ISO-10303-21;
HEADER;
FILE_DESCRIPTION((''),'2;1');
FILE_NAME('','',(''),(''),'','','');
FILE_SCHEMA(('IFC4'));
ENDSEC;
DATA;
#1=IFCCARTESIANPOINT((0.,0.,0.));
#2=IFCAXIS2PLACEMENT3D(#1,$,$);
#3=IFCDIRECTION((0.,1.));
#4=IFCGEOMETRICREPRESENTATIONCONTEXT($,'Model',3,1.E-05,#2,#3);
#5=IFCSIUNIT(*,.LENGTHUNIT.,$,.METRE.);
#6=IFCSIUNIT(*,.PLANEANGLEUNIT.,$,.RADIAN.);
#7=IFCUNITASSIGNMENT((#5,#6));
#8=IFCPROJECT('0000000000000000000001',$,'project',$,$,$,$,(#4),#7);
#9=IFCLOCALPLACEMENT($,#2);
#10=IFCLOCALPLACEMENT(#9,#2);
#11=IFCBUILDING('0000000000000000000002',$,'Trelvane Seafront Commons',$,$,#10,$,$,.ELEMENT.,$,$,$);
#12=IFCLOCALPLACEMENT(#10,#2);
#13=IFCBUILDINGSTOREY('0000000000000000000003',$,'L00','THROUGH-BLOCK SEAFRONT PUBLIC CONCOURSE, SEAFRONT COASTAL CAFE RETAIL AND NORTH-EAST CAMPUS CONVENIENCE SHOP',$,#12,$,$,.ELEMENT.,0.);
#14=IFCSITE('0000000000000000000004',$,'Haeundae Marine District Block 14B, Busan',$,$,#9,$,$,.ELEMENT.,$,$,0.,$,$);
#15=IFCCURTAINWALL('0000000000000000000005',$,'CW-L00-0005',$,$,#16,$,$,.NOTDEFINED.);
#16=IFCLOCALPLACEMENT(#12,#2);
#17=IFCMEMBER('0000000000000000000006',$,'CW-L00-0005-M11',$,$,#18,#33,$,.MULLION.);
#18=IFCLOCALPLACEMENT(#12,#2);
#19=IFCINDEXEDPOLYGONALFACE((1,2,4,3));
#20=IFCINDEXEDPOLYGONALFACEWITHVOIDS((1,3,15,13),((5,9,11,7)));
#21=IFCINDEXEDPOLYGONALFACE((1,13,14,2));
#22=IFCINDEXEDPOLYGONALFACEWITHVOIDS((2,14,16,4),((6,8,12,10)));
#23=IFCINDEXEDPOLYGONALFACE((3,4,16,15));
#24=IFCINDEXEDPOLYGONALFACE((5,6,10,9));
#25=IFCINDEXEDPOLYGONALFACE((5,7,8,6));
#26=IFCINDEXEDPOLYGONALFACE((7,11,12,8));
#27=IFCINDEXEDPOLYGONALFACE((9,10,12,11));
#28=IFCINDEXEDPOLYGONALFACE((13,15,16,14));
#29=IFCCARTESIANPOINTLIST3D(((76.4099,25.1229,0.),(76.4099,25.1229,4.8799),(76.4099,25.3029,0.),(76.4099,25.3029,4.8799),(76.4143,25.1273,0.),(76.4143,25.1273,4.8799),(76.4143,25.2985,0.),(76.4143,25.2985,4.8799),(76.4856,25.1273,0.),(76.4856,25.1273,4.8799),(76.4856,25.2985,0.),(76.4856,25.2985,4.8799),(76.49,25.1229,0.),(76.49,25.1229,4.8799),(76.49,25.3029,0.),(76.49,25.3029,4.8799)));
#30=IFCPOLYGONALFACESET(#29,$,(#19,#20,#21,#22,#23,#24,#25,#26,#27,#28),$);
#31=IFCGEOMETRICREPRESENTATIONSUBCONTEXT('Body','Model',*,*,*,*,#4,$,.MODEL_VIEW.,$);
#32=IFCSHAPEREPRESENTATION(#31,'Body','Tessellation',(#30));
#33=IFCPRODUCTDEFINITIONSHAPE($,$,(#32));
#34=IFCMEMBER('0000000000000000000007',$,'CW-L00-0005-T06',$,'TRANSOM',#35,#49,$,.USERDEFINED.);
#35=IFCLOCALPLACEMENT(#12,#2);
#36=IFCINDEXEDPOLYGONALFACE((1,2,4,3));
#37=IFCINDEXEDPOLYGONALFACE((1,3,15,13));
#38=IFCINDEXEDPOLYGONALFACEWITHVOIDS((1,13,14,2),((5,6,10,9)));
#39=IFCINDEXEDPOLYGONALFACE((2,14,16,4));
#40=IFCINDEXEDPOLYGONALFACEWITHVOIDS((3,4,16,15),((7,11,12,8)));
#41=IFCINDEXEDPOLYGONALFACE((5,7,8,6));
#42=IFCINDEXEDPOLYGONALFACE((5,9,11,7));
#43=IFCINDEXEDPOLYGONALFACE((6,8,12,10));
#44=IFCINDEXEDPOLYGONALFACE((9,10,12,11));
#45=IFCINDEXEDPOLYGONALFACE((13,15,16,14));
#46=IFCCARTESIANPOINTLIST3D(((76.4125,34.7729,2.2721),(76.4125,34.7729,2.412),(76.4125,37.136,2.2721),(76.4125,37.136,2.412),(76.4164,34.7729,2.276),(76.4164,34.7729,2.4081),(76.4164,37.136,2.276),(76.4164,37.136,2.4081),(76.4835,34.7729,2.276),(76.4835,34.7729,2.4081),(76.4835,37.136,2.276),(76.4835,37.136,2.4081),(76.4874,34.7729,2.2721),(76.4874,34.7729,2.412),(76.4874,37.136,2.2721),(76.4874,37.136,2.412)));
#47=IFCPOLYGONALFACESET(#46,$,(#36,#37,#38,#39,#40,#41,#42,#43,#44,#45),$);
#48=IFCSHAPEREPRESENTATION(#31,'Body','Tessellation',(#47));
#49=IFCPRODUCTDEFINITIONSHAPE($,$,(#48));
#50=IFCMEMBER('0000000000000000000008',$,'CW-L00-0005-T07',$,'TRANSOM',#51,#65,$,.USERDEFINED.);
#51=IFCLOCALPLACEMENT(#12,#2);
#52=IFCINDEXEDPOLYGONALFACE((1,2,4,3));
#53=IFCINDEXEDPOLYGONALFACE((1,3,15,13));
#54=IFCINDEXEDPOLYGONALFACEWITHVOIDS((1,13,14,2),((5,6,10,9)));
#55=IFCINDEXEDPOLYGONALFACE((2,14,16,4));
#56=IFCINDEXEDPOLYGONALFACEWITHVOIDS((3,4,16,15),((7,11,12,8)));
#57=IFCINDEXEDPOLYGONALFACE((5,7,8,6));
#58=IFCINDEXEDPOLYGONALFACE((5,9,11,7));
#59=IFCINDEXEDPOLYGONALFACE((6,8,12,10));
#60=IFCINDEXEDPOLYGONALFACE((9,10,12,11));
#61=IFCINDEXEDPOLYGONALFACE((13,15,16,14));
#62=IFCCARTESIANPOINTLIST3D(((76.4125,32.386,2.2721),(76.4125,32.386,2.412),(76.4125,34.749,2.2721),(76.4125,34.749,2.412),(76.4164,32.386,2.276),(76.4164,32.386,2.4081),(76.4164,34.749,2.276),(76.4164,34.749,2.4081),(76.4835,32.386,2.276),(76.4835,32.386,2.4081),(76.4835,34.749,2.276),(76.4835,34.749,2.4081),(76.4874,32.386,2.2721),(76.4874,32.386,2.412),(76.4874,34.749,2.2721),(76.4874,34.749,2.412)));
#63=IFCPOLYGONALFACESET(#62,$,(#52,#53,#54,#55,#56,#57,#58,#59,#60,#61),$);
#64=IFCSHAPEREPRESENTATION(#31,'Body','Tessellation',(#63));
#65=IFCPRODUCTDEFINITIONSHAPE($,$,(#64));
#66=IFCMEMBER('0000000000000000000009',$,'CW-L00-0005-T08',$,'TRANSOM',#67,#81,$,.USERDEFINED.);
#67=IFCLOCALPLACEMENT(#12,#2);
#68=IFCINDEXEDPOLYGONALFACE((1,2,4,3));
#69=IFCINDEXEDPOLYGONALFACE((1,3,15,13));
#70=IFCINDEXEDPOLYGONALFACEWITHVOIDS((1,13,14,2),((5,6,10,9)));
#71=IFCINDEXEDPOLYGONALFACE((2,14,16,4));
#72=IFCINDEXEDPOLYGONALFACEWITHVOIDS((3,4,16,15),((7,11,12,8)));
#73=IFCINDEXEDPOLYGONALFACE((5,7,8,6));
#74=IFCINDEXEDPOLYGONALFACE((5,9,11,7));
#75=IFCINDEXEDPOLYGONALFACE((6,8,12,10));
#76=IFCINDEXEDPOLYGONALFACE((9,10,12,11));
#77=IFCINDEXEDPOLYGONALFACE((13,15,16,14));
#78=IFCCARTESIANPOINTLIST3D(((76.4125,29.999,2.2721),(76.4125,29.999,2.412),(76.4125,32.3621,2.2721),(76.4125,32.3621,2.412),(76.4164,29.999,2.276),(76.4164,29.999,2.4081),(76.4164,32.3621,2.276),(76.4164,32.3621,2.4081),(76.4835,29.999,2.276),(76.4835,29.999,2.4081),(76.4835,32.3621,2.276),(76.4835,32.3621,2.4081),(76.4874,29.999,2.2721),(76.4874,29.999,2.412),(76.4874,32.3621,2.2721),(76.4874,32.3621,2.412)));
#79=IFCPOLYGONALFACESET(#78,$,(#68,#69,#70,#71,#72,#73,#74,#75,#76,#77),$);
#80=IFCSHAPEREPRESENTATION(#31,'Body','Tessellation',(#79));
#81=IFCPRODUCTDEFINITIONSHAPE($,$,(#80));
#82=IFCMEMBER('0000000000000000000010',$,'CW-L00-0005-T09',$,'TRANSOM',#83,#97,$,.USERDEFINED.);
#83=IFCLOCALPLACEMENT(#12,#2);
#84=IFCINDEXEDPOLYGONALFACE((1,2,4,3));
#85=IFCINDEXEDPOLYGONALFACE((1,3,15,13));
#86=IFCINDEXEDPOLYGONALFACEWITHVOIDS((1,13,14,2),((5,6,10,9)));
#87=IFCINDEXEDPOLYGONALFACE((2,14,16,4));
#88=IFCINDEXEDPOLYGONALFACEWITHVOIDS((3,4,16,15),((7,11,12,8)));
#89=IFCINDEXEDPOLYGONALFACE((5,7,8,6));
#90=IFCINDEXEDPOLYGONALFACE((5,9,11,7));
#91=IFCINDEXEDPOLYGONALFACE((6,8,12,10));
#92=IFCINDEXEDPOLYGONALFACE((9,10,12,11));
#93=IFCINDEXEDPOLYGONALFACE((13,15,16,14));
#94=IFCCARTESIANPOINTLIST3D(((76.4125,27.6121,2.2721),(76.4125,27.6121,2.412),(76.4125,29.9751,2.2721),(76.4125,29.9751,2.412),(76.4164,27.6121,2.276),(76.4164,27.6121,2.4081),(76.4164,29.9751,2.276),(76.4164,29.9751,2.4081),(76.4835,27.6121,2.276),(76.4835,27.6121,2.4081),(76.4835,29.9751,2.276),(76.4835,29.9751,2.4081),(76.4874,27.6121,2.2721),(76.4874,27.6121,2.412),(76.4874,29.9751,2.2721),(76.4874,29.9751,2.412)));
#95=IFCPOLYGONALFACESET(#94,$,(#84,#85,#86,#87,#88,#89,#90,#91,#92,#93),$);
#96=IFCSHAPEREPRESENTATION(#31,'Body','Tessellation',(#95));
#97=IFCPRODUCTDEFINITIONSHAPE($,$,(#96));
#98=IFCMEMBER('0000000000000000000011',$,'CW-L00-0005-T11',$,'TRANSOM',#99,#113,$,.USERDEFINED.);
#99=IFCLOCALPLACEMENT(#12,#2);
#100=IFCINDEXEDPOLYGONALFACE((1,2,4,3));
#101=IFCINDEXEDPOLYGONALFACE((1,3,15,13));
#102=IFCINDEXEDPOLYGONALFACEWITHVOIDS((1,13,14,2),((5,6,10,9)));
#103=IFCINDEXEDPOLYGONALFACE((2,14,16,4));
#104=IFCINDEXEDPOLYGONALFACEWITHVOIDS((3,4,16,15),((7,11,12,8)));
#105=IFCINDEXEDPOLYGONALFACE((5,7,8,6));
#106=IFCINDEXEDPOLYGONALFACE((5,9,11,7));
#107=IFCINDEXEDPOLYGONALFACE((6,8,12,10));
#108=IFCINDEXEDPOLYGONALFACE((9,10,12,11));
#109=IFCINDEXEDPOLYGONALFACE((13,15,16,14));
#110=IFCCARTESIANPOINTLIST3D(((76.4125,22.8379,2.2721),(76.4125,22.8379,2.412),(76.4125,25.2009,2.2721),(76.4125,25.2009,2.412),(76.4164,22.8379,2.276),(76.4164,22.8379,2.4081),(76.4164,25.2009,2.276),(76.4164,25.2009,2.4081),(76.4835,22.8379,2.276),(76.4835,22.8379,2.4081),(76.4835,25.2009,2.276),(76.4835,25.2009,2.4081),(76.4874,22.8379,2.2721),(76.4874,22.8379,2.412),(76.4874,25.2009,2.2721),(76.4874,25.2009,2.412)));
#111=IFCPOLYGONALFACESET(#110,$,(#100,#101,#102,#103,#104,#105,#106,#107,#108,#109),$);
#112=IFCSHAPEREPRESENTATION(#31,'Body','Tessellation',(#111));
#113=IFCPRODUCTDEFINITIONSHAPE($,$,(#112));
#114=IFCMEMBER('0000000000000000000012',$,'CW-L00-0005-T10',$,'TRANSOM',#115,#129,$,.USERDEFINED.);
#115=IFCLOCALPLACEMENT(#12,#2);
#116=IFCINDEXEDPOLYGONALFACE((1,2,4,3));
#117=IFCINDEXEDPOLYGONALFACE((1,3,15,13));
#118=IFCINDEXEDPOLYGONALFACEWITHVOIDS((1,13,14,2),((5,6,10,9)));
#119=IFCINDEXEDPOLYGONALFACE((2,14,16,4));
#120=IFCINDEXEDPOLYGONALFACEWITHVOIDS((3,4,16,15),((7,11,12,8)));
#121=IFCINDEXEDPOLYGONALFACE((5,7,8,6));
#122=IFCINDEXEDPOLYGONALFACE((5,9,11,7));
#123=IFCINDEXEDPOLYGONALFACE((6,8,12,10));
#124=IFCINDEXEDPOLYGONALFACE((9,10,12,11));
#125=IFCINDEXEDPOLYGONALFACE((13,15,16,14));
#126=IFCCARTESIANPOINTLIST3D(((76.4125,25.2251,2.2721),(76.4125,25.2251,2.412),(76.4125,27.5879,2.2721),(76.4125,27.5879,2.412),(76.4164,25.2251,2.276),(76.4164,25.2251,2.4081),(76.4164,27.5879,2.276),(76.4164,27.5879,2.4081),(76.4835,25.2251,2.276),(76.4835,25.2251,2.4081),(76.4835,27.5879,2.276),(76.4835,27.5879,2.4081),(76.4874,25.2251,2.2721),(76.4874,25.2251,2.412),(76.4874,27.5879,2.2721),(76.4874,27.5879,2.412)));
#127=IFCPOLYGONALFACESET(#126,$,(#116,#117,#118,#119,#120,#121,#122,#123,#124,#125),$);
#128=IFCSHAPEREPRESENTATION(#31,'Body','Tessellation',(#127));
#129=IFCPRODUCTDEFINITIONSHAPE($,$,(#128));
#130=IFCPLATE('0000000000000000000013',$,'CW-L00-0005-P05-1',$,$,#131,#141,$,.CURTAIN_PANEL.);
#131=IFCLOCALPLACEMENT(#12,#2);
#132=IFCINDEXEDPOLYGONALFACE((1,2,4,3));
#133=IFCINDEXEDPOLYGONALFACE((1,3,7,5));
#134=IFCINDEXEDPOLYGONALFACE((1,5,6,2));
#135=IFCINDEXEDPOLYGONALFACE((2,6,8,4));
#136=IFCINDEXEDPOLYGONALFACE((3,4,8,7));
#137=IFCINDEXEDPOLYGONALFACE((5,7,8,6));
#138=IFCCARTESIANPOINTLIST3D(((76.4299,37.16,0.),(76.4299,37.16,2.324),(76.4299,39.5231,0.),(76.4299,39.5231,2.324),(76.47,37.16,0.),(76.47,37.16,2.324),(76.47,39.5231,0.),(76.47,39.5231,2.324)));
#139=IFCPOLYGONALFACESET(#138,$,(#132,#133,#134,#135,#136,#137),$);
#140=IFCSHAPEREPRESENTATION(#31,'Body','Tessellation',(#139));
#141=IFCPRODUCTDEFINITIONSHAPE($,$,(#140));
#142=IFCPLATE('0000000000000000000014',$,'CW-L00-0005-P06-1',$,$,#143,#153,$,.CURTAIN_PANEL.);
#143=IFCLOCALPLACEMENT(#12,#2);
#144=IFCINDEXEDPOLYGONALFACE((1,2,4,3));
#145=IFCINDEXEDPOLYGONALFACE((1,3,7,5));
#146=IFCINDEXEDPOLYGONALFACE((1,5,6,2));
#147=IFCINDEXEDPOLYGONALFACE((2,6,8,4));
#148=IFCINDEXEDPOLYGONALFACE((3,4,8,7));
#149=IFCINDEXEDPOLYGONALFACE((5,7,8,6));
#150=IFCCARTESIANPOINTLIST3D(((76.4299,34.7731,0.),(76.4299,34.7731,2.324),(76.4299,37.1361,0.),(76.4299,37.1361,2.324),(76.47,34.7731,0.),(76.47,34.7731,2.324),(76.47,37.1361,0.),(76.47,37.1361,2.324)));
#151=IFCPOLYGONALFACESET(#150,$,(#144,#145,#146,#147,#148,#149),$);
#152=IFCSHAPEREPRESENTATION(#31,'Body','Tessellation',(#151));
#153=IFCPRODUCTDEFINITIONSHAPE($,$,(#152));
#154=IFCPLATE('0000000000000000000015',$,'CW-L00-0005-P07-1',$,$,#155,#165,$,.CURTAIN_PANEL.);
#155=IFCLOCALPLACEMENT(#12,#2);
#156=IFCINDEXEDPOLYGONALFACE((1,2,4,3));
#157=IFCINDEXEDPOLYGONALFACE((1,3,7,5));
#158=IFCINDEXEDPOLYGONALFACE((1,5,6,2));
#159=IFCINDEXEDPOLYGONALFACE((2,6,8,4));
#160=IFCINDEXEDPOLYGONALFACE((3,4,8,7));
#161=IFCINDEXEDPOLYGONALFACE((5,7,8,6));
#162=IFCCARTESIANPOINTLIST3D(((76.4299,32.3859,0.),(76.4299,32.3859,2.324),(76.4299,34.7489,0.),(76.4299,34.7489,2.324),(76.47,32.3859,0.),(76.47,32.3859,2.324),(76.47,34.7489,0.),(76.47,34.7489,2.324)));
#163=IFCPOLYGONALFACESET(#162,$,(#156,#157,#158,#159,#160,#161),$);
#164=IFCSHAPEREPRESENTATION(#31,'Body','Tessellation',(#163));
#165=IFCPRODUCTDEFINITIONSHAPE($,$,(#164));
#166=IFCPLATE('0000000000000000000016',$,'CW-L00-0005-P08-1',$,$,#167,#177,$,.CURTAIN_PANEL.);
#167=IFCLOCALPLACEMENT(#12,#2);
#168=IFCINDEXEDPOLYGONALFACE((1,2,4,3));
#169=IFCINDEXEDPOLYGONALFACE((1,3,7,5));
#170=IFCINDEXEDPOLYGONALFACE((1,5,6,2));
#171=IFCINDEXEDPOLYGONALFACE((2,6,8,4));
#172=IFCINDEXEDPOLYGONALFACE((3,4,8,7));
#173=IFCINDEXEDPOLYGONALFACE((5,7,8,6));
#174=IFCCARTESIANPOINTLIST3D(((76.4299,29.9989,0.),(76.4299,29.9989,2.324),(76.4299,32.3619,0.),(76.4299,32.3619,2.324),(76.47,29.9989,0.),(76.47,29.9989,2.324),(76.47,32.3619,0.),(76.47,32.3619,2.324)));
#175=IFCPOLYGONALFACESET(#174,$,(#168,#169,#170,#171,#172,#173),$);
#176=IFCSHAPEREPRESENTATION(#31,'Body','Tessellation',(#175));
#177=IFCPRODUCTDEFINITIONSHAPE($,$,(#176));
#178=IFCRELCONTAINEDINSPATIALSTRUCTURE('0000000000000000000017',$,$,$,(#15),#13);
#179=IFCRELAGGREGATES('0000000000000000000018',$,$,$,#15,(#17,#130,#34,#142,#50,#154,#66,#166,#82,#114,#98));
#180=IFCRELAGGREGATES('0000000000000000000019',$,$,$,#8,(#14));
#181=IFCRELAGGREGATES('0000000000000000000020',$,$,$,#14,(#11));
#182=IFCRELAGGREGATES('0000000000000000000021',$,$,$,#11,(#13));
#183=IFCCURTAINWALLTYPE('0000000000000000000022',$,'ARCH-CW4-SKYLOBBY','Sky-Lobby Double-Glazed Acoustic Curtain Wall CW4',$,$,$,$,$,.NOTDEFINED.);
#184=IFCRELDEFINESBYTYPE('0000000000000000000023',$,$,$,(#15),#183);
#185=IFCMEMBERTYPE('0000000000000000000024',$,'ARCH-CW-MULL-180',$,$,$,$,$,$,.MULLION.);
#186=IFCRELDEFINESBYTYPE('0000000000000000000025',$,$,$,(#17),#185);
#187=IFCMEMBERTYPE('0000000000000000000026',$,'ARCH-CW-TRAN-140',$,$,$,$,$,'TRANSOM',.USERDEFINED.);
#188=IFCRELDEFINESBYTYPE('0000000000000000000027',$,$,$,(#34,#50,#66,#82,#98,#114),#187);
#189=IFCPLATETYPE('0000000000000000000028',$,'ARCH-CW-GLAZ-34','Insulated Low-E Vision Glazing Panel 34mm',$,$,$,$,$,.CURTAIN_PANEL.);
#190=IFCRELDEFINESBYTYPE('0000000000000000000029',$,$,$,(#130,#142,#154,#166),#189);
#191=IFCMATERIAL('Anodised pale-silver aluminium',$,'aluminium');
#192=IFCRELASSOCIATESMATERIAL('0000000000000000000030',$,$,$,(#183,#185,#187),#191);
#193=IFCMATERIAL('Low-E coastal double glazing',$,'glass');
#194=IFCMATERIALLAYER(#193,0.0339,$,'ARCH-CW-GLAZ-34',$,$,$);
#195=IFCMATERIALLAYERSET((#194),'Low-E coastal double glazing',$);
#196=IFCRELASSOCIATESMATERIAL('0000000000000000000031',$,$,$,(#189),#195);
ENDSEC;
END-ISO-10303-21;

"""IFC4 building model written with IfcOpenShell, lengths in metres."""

from ifc_helpers import new_model, si_unit, direction, frame, origin, origin_2d, place, context, subcontext, project, spatial, rectangle, hollow_rectangle, extrude, source, transform, mapped, material, layer, layer_set, material_profile, profile_set, type_object, element, aggregate, save


model = new_model("IFC4")

# Units and contexts
model_context = context("Model", 3, precision=1e-05, world=origin(), true_north=direction((0.0, 1.0)))
body_context = subcontext(model_context, "Body", "Model", "MODEL_VIEW")
ifc_project = project(units=[si_unit("LENGTHUNIT", "METRE"), si_unit("PLANEANGLEUNIT", "RADIAN")], contexts=[model_context])

# Site, building, storey
site_placement = place(None, origin())
site = spatial("IfcSite", under=ifc_project, at=site_placement, Name="Haeundae Marine District Block 14B, Busan", CompositionType="ELEMENT", RefElevation=0.0)
building_placement = place(site_placement, origin())
building = spatial("IfcBuilding", under=site, at=building_placement, Name="Trelvane Seafront Commons", CompositionType="ELEMENT")
storey_placement = place(building_placement, origin())
storey = spatial("IfcBuildingStorey", under=building, at=storey_placement, Name="L00", Description="THROUGH-BLOCK SEAFRONT PUBLIC CONCOURSE, SEAFRONT COASTAL CAFE RETAIL AND NORTH-EAST CAMPUS CONVENIENCE SHOP", CompositionType="ELEMENT", Elevation=0.0)

# Curtain wall, members, plates
ifc_material_1 = material(Name="Anodised pale-silver aluminium", Category="aluminium")
curtain_wall_type = type_object("IfcCurtainWallType", Name="ARCH-CW4-SKYLOBBY", Description="Sky-Lobby Double-Glazed Acoustic Curtain Wall CW4", PredefinedType="NOTDEFINED", material=ifc_material_1)
curtain_wall_placement = place(storey_placement, origin())
curtain_wall = element("IfcCurtainWall", 1, at=curtain_wall_placement, inside=storey, type_object=curtain_wall_type, Name="CW-L00-0005", PredefinedType="NOTDEFINED")
ifc_material_profile_1 = material_profile(ifc_material_1, hollow_rectangle(XDim=0.0801, YDim=0.1799, WallThickness=0.0044, at=origin_2d()), Name="MULL-80x180x4.5")
ifc_profile_set_1 = profile_set([ifc_material_profile_1], Name="Anodised pale-silver aluminium")
member_type_1 = type_object("IfcMemberType", Name="ARCH-CW-MULL-180", PredefinedType="MULLION", material=ifc_profile_set_1)
shared_shape_1 = source(origin(), body_context, "Body", "SweptSolid", [
    extrude(hollow_rectangle(XDim=0.0801, YDim=0.1799, WallThickness=0.0044, at=origin_2d()), origin(), (0.0, 0.0, 1.0), 4.8799),
])
member_1_placement = place(storey_placement, frame((76.45, 25.2129, 0.0), z_axis=(0.0, 0.0, 1.0), x_axis=(1.0, 0.0, 0.0)))
member_1 = element("IfcMember", 2, at=member_1_placement, type_object=member_type_1, Name="CW-L00-0005-M11", PredefinedType="MULLION", context=body_context, shape_type="MappedRepresentation", body=[
    mapped(shared_shape_1, transform((0.0, 0.0, 0.0), x_axis=(1.0, 0.0, 0.0), y_axis=(0.0, 1.0, 0.0), z_axis=(0.0, 0.0, 1.0), scale=1.0)),
])
ifc_material_profile_2 = material_profile(ifc_material_1, hollow_rectangle(XDim=0.075, YDim=0.1399, WallThickness=0.0039, at=origin_2d()), Name="TRAN-75x140x4")
ifc_profile_set_2 = profile_set([ifc_material_profile_2], Name="Anodised pale-silver aluminium")
member_type_2 = type_object("IfcMemberType", Name="ARCH-CW-TRAN-140", ElementType="TRANSOM", PredefinedType="USERDEFINED", material=ifc_profile_set_2)
shared_shape_2 = source(origin(), body_context, "Body", "SweptSolid", [
    extrude(hollow_rectangle(XDim=0.075, YDim=0.1399, WallThickness=0.0039, at=origin_2d()), origin(), (0.0, 0.0, 1.0), 2.363),
])
member_2_placement = place(storey_placement, frame((76.45, 37.136, 2.342), z_axis=(0.0, -1.0, 0.0), x_axis=(1.0, 0.0, 0.0)))
member_2 = element("IfcMember", 3, at=member_2_placement, type_object=member_type_2, Name="CW-L00-0005-T06", ObjectType="TRANSOM", PredefinedType="USERDEFINED", context=body_context, shape_type="MappedRepresentation", body=[
    mapped(shared_shape_2, transform((0.0, 0.0, 0.0), x_axis=(1.0, 0.0, 0.0), y_axis=(0.0, 1.0, 0.0), z_axis=(0.0, 0.0, 1.0), scale=1.0)),
])
member_3_placement = place(storey_placement, frame((76.45, 34.749, 2.342), z_axis=(0.0, -1.0, 0.0), x_axis=(1.0, 0.0, 0.0)))
member_3 = element("IfcMember", 4, at=member_3_placement, type_object=member_type_2, Name="CW-L00-0005-T07", ObjectType="TRANSOM", PredefinedType="USERDEFINED", context=body_context, shape_type="MappedRepresentation", body=[
    mapped(shared_shape_2, transform((0.0, 0.0, 0.0), x_axis=(1.0, 0.0, 0.0), y_axis=(0.0, 1.0, 0.0), z_axis=(0.0, 0.0, 1.0), scale=1.0)),
])
member_4_placement = place(storey_placement, frame((76.45, 32.3621, 2.342), z_axis=(0.0, -1.0, 0.0), x_axis=(1.0, 0.0, 0.0)))
member_4 = element("IfcMember", 5, at=member_4_placement, type_object=member_type_2, Name="CW-L00-0005-T08", ObjectType="TRANSOM", PredefinedType="USERDEFINED", context=body_context, shape_type="MappedRepresentation", body=[
    mapped(shared_shape_2, transform((0.0, 0.0, 0.0), x_axis=(1.0, 0.0, 0.0), y_axis=(0.0, 1.0, 0.0), z_axis=(0.0, 0.0, 1.0), scale=1.0)),
])
member_5_placement = place(storey_placement, frame((76.45, 29.9751, 2.342), z_axis=(0.0, -1.0, 0.0), x_axis=(1.0, 0.0, 0.0)))
member_5 = element("IfcMember", 6, at=member_5_placement, type_object=member_type_2, Name="CW-L00-0005-T09", ObjectType="TRANSOM", PredefinedType="USERDEFINED", context=body_context, shape_type="MappedRepresentation", body=[
    mapped(shared_shape_2, transform((0.0, 0.0, 0.0), x_axis=(1.0, 0.0, 0.0), y_axis=(0.0, 1.0, 0.0), z_axis=(0.0, 0.0, 1.0), scale=1.0)),
])
member_6_placement = place(storey_placement, frame((76.45, 25.2009, 2.342), z_axis=(0.0, -1.0, 0.0), x_axis=(1.0, 0.0, 0.0)))
member_6 = element("IfcMember", 7, at=member_6_placement, type_object=member_type_2, Name="CW-L00-0005-T11", ObjectType="TRANSOM", PredefinedType="USERDEFINED", context=body_context, shape_type="MappedRepresentation", body=[
    mapped(shared_shape_2, transform((0.0, 0.0, 0.0), x_axis=(1.0, 0.0, 0.0), y_axis=(0.0, 1.0, 0.0), z_axis=(0.0, 0.0, 1.0), scale=1.0)),
])
shared_shape_3 = source(origin(), body_context, "Body", "SweptSolid", [
    extrude(hollow_rectangle(XDim=0.075, YDim=0.1399, WallThickness=0.0039, at=origin_2d()), origin(), (0.0, 0.0, 1.0), 2.3628),
])
member_7_placement = place(storey_placement, frame((76.45, 27.5879, 2.342), z_axis=(0.0, -1.0, 0.0), x_axis=(1.0, 0.0, 0.0)))
member_7 = element("IfcMember", 8, at=member_7_placement, type_object=member_type_2, Name="CW-L00-0005-T10", ObjectType="TRANSOM", PredefinedType="USERDEFINED", context=body_context, shape_type="MappedRepresentation", body=[
    mapped(shared_shape_3, transform((0.0, 0.0, 0.0), x_axis=(1.0, 0.0, 0.0), y_axis=(0.0, 1.0, 0.0), z_axis=(0.0, 0.0, 1.0), scale=1.0)),
])
ifc_material_2 = material(Name="Low-E coastal double glazing", Category="glass")
ifc_layer_1 = layer(ifc_material_2, 0.0339, Name="ARCH-CW-GLAZ-34")
ifc_layer_set_1 = layer_set([ifc_layer_1], Name="Low-E coastal double glazing")
plate_type = type_object("IfcPlateType", Name="ARCH-CW-GLAZ-34", Description="Insulated Low-E Vision Glazing Panel 34mm", PredefinedType="CURTAIN_PANEL", material=ifc_layer_set_1)
shared_shape_4 = source(origin(), body_context, "Body", "SweptSolid", [
    extrude(rectangle(XDim=2.363, YDim=0.04, at=origin_2d()), origin(), (0.0, 0.0, 1.0), 2.324),
])
plate_1_placement = place(storey_placement, frame((76.45, 38.3416, 0.0), z_axis=(0.0, 0.0, 1.0), x_axis=(0.0, -1.0, 0.0)))
plate_1 = element("IfcPlate", 9, at=plate_1_placement, type_object=plate_type, Name="CW-L00-0005-P05-1", PredefinedType="CURTAIN_PANEL", context=body_context, shape_type="MappedRepresentation", body=[
    mapped(shared_shape_4, transform((0.0, 0.0, 0.0), x_axis=(1.0, 0.0, 0.0), y_axis=(0.0, 1.0, 0.0), z_axis=(0.0, 0.0, 1.0), scale=1.0)),
])
plate_2_placement = place(storey_placement, frame((76.45, 35.9546, 0.0), z_axis=(0.0, 0.0, 1.0), x_axis=(0.0, -1.0, 0.0)))
plate_2 = element("IfcPlate", 10, at=plate_2_placement, type_object=plate_type, Name="CW-L00-0005-P06-1", PredefinedType="CURTAIN_PANEL", context=body_context, shape_type="MappedRepresentation", body=[
    mapped(shared_shape_4, transform((0.0, 0.0, 0.0), x_axis=(1.0, 0.0, 0.0), y_axis=(0.0, 1.0, 0.0), z_axis=(0.0, 0.0, 1.0), scale=1.0)),
])
plate_3_placement = place(storey_placement, frame((76.45, 33.5674, 0.0), z_axis=(0.0, 0.0, 1.0), x_axis=(0.0, -1.0, 0.0)))
plate_3 = element("IfcPlate", 11, at=plate_3_placement, type_object=plate_type, Name="CW-L00-0005-P07-1", PredefinedType="CURTAIN_PANEL", context=body_context, shape_type="MappedRepresentation", body=[
    mapped(shared_shape_4, transform((0.0, 0.0, 0.0), x_axis=(1.0, 0.0, 0.0), y_axis=(0.0, 1.0, 0.0), z_axis=(0.0, 0.0, 1.0), scale=1.0)),
])
plate_4_placement = place(storey_placement, frame((76.45, 31.1804, 0.0), z_axis=(0.0, 0.0, 1.0), x_axis=(0.0, -1.0, 0.0)))
plate_4 = element("IfcPlate", 12, at=plate_4_placement, type_object=plate_type, Name="CW-L00-0005-P08-1", PredefinedType="CURTAIN_PANEL", context=body_context, shape_type="MappedRepresentation", body=[
    mapped(shared_shape_4, transform((0.0, 0.0, 0.0), x_axis=(1.0, 0.0, 0.0), y_axis=(0.0, 1.0, 0.0), z_axis=(0.0, 0.0, 1.0), scale=1.0)),
])
aggregate(curtain_wall, [member_1, plate_1, member_2, plate_2, member_3, plate_3, member_4, plate_4, member_5, member_7, member_6])

save(model, "model.ifc")
